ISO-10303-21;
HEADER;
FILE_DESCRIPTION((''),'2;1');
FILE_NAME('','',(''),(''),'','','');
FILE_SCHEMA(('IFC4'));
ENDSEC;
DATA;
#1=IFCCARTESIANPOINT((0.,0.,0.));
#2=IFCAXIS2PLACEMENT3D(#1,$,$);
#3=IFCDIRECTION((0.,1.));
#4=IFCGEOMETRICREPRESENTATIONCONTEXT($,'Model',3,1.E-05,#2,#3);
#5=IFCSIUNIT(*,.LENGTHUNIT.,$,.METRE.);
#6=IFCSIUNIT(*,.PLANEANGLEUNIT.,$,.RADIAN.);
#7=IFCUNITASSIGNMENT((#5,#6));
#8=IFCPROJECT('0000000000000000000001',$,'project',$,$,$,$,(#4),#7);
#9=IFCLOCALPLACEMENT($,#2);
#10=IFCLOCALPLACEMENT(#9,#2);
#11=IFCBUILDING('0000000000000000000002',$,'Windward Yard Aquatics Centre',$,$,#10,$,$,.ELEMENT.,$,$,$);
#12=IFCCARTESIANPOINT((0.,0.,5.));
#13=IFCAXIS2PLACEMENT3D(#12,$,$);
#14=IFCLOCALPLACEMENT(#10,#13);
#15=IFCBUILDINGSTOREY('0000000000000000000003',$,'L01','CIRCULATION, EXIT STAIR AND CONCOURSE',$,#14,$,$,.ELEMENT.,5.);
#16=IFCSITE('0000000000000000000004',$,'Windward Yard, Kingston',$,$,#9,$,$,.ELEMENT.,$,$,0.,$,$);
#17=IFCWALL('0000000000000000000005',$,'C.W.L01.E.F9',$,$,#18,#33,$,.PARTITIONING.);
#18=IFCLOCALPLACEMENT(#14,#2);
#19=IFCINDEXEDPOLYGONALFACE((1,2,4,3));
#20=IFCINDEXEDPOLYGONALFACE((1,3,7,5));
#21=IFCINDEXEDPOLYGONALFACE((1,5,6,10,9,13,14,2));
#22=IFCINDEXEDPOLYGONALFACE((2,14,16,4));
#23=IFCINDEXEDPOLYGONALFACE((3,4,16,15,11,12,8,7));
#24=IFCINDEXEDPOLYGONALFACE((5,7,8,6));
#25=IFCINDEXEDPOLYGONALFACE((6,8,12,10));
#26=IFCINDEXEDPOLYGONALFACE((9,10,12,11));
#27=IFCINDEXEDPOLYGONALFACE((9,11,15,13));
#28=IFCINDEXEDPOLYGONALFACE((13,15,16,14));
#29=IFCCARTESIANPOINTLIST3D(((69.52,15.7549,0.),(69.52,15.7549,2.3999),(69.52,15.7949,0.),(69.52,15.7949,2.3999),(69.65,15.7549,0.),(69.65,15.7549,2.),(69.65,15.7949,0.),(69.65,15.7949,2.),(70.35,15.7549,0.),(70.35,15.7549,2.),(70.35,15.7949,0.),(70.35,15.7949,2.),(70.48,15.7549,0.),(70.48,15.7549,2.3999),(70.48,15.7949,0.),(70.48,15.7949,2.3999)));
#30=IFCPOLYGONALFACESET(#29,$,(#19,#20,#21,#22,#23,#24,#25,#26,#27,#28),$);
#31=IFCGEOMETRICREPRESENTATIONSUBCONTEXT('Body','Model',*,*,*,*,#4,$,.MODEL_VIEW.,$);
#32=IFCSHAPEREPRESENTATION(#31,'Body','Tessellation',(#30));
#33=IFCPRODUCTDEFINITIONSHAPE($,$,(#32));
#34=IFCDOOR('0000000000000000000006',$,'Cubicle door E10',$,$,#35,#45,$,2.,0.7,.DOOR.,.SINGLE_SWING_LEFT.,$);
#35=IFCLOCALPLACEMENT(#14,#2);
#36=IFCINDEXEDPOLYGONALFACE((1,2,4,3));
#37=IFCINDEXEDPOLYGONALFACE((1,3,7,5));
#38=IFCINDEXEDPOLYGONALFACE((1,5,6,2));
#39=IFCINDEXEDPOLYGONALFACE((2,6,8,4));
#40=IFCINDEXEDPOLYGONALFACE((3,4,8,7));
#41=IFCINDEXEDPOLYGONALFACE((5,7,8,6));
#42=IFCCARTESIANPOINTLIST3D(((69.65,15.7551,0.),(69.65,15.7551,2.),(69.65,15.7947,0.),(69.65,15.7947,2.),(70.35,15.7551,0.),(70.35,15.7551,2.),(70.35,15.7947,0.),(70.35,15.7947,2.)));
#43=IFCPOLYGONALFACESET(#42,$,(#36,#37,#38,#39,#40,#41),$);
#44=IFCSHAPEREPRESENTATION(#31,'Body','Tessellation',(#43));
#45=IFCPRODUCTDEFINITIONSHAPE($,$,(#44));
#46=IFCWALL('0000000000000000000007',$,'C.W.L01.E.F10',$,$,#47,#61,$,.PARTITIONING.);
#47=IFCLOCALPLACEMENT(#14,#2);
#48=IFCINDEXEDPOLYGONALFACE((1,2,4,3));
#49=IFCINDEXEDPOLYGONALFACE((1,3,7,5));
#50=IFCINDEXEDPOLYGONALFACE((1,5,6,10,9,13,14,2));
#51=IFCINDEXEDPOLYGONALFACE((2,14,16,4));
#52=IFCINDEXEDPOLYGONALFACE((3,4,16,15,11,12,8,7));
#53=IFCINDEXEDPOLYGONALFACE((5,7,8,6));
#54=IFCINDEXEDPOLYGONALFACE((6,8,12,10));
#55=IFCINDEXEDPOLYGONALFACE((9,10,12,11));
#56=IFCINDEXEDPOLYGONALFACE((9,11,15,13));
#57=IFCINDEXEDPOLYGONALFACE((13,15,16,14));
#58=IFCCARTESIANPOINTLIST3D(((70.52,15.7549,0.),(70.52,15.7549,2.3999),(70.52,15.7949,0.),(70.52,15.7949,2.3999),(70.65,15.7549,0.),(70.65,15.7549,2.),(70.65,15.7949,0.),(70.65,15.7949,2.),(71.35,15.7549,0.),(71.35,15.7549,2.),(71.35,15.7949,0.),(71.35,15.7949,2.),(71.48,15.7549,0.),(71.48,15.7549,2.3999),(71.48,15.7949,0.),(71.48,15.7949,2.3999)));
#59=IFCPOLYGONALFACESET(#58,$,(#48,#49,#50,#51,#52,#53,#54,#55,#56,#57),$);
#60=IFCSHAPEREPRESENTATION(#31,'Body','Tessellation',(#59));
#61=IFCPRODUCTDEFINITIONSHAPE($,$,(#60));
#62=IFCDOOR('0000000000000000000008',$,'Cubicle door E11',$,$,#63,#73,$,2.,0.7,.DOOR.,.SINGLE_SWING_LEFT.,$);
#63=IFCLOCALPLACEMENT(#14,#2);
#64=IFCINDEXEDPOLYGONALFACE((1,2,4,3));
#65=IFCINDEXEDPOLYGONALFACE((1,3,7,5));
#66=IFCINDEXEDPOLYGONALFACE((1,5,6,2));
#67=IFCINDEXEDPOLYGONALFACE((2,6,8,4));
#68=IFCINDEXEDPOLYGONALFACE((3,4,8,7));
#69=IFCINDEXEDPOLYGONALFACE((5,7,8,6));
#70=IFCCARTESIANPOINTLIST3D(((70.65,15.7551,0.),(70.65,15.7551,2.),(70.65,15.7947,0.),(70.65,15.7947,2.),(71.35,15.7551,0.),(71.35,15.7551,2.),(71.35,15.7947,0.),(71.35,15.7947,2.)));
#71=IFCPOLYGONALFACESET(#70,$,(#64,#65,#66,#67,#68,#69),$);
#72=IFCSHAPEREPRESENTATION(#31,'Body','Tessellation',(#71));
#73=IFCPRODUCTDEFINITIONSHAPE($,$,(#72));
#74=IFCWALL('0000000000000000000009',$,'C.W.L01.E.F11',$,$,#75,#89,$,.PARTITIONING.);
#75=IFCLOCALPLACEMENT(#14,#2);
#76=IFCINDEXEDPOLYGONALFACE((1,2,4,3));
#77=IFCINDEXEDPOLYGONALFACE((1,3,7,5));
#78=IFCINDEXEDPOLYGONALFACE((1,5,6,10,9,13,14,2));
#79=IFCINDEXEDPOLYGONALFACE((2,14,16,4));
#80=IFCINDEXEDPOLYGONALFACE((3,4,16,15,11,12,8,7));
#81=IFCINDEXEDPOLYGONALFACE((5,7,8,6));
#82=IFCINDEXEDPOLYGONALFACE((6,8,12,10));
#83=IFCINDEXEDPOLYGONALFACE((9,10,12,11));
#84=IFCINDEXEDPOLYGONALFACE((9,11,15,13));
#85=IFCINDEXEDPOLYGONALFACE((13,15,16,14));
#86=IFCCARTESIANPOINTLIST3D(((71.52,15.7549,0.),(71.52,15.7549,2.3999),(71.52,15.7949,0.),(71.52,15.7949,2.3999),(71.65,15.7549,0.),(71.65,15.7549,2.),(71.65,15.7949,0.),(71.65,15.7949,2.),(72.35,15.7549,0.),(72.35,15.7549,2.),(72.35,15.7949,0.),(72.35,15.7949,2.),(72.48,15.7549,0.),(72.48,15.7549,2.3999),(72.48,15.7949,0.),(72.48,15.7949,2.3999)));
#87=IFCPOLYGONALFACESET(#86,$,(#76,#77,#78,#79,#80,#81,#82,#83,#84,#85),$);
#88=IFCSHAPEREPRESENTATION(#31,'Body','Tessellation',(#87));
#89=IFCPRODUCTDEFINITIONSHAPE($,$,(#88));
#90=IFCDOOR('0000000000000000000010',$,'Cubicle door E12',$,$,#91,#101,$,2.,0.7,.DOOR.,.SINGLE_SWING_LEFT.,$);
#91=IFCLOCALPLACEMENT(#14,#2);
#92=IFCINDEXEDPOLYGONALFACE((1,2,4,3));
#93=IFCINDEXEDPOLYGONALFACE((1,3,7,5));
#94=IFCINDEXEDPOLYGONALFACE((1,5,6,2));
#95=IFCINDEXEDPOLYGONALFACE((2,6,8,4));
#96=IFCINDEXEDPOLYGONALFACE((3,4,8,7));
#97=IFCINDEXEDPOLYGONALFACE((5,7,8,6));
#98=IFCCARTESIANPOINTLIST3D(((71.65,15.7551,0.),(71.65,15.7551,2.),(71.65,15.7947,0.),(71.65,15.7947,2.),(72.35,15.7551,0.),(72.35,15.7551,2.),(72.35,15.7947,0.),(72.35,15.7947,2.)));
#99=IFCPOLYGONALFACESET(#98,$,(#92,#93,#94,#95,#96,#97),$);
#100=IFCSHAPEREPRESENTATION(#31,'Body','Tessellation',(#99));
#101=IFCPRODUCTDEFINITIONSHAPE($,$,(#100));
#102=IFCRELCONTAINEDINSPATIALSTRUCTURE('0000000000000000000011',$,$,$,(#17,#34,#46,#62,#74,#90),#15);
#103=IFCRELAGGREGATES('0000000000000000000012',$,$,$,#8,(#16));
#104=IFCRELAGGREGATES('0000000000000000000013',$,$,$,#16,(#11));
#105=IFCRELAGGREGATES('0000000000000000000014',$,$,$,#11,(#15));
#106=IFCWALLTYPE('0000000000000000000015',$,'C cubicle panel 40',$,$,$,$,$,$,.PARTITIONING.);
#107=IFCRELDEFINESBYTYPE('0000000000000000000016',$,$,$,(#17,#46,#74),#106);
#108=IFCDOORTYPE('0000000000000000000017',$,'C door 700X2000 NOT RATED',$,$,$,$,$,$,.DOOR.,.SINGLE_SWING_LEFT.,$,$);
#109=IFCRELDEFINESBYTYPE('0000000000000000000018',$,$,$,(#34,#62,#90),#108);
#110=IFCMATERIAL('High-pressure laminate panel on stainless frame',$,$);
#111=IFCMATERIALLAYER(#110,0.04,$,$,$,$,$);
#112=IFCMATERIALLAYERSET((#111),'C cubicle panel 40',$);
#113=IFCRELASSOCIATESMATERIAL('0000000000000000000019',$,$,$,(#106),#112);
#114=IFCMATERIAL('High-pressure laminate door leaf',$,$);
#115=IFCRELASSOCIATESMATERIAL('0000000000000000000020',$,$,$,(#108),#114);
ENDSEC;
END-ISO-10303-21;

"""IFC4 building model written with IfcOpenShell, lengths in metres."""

from ifc_helpers import new_model, si_unit, direction, frame, frame_2d, origin, place, context, subcontext, project, spatial, rectangle, extrude, material, layer, layer_set, type_object, element, fill, save


model = new_model("IFC4")

# Units and contexts
model_context = context("Model", 3, precision=1e-05, world=origin(), true_north=direction((0.0, 1.0)))
body_context = subcontext(model_context, "Body", "Model", "MODEL_VIEW")
ifc_project = project(units=[si_unit("LENGTHUNIT", "METRE"), si_unit("PLANEANGLEUNIT", "RADIAN")], contexts=[model_context])

# Site, building, storey
site_placement = place(None, origin())
site = spatial("IfcSite", under=ifc_project, at=site_placement, Name="Windward Yard, Kingston", CompositionType="ELEMENT", RefElevation=0.0)
building_placement = place(site_placement, origin())
building = spatial("IfcBuilding", under=site, at=building_placement, Name="Windward Yard Aquatics Centre", CompositionType="ELEMENT")
storey_placement = place(building_placement, frame((0.0, 0.0, 5.0)))
storey = spatial("IfcBuildingStorey", under=building, at=storey_placement, Name="L01", Description="CIRCULATION, EXIT STAIR AND CONCOURSE", CompositionType="ELEMENT", Elevation=5.0)

# Shared definitions
ifc_material_1 = material(Name="High-pressure laminate panel on stainless frame")
ifc_layer_1 = layer(ifc_material_1, 0.04)
ifc_layer_set_1 = layer_set([ifc_layer_1], Name="C cubicle panel 40")
wall_type_1 = type_object("IfcWallType", Name="C cubicle panel 40", PredefinedType="PARTITIONING", material=ifc_layer_set_1)
ifc_material_2 = material(Name="High-pressure laminate door leaf")
door_type_1 = type_object("IfcDoorType", Name="C door 700X2000 NOT RATED", OperationType="SINGLE_SWING_LEFT", PredefinedType="DOOR", material=ifc_material_2)

# Walls, openings, doors
wall_1_placement = place(storey_placement, frame((69.52, 15.7749, 0.0), z_axis=(0.0, 0.0, 1.0), x_axis=(1.0, 0.0, 0.0)))
wall_1 = element("IfcWall", 1, at=wall_1_placement, inside=storey, type_object=wall_type_1, Name="C.W.L01.E.F9", PredefinedType="PARTITIONING", context=body_context, shape_type="SweptSolid", body=[
    extrude(rectangle(XDim=0.96, YDim=0.04, at=frame_2d((0.48, 0.0))), origin(), (0.0, 0.0, 1.0), 2.3999),
])
opening_1_placement = place(wall_1_placement, frame((0.1299, 0.0, 0.0)))
opening_1 = element("IfcOpeningElement", 2, at=opening_1_placement, cuts=wall_1, PredefinedType="OPENING", context=body_context, shape_type="SweptSolid", body=[
    extrude(rectangle(XDim=0.7, YDim=2.0, at=frame_2d((0.3501, 1.0))), frame((0.0, 0.03, 0.0), z_axis=(0.0, -1.0, 0.0), x_axis=(1.0, 0.0, 0.0)), (0.0, 0.0, 1.0), 0.0601),
])
door_1_placement = place(opening_1_placement, origin())
door_1 = element("IfcDoor", 3, at=door_1_placement, inside=storey, type_object=door_type_1, Name="Cubicle door E10", OperationType="SINGLE_SWING_LEFT", OverallHeight=2.0, OverallWidth=0.7, PredefinedType="DOOR", context=body_context, shape_type="SweptSolid", body=[
    extrude(rectangle(XDim=0.7, YDim=2.0, at=frame_2d((0.3501, 1.0))), frame((0.0, 0.0198, 0.0), z_axis=(0.0, -1.0, 0.0), x_axis=(1.0, 0.0, 0.0)), (0.0, 0.0, 1.0), 0.0396),
])
fill(opening_1, door_1)
wall_2_placement = place(storey_placement, frame((70.52, 15.7749, 0.0), z_axis=(0.0, 0.0, 1.0), x_axis=(1.0, 0.0, 0.0)))
wall_2 = element("IfcWall", 4, at=wall_2_placement, inside=storey, type_object=wall_type_1, Name="C.W.L01.E.F10", PredefinedType="PARTITIONING", context=body_context, shape_type="SweptSolid", body=[
    extrude(rectangle(XDim=0.96, YDim=0.04, at=frame_2d((0.48, 0.0))), origin(), (0.0, 0.0, 1.0), 2.3999),
])
opening_2_placement = place(wall_2_placement, frame((0.1299, 0.0, 0.0)))
opening_2 = element("IfcOpeningElement", 5, at=opening_2_placement, cuts=wall_2, PredefinedType="OPENING", context=body_context, shape_type="SweptSolid", body=[
    extrude(rectangle(XDim=0.7, YDim=2.0, at=frame_2d((0.3501, 1.0))), frame((0.0, 0.03, 0.0), z_axis=(0.0, -1.0, 0.0), x_axis=(1.0, 0.0, 0.0)), (0.0, 0.0, 1.0), 0.0601),
])
door_2_placement = place(opening_2_placement, origin())
door_2 = element("IfcDoor", 6, at=door_2_placement, inside=storey, type_object=door_type_1, Name="Cubicle door E11", OperationType="SINGLE_SWING_LEFT", OverallHeight=2.0, OverallWidth=0.7, PredefinedType="DOOR", context=body_context, shape_type="SweptSolid", body=[
    extrude(rectangle(XDim=0.7, YDim=2.0, at=frame_2d((0.3501, 1.0))), frame((0.0, 0.0198, 0.0), z_axis=(0.0, -1.0, 0.0), x_axis=(1.0, 0.0, 0.0)), (0.0, 0.0, 1.0), 0.0396),
])
fill(opening_2, door_2)
wall_3_placement = place(storey_placement, frame((71.52, 15.7749, 0.0), z_axis=(0.0, 0.0, 1.0), x_axis=(1.0, 0.0, 0.0)))
wall_3 = element("IfcWall", 7, at=wall_3_placement, inside=storey, type_object=wall_type_1, Name="C.W.L01.E.F11", PredefinedType="PARTITIONING", context=body_context, shape_type="SweptSolid", body=[
    extrude(rectangle(XDim=0.96, YDim=0.04, at=frame_2d((0.48, 0.0))), origin(), (0.0, 0.0, 1.0), 2.3999),
])
opening_3_placement = place(wall_3_placement, frame((0.1299, 0.0, 0.0)))
opening_3 = element("IfcOpeningElement", 8, at=opening_3_placement, cuts=wall_3, PredefinedType="OPENING", context=body_context, shape_type="SweptSolid", body=[
    extrude(rectangle(XDim=0.7, YDim=2.0, at=frame_2d((0.3501, 1.0))), frame((0.0, 0.03, 0.0), z_axis=(0.0, -1.0, 0.0), x_axis=(1.0, 0.0, 0.0)), (0.0, 0.0, 1.0), 0.0601),
])
door_3_placement = place(opening_3_placement, origin())
door_3 = element("IfcDoor", 9, at=door_3_placement, inside=storey, type_object=door_type_1, Name="Cubicle door E12", OperationType="SINGLE_SWING_LEFT", OverallHeight=2.0, OverallWidth=0.7, PredefinedType="DOOR", context=body_context, shape_type="SweptSolid", body=[
    extrude(rectangle(XDim=0.7, YDim=2.0, at=frame_2d((0.3501, 1.0))), frame((0.0, 0.0198, 0.0), z_axis=(0.0, -1.0, 0.0), x_axis=(1.0, 0.0, 0.0)), (0.0, 0.0, 1.0), 0.0396),
])
fill(opening_3, door_3)

save(model, "model.ifc")
